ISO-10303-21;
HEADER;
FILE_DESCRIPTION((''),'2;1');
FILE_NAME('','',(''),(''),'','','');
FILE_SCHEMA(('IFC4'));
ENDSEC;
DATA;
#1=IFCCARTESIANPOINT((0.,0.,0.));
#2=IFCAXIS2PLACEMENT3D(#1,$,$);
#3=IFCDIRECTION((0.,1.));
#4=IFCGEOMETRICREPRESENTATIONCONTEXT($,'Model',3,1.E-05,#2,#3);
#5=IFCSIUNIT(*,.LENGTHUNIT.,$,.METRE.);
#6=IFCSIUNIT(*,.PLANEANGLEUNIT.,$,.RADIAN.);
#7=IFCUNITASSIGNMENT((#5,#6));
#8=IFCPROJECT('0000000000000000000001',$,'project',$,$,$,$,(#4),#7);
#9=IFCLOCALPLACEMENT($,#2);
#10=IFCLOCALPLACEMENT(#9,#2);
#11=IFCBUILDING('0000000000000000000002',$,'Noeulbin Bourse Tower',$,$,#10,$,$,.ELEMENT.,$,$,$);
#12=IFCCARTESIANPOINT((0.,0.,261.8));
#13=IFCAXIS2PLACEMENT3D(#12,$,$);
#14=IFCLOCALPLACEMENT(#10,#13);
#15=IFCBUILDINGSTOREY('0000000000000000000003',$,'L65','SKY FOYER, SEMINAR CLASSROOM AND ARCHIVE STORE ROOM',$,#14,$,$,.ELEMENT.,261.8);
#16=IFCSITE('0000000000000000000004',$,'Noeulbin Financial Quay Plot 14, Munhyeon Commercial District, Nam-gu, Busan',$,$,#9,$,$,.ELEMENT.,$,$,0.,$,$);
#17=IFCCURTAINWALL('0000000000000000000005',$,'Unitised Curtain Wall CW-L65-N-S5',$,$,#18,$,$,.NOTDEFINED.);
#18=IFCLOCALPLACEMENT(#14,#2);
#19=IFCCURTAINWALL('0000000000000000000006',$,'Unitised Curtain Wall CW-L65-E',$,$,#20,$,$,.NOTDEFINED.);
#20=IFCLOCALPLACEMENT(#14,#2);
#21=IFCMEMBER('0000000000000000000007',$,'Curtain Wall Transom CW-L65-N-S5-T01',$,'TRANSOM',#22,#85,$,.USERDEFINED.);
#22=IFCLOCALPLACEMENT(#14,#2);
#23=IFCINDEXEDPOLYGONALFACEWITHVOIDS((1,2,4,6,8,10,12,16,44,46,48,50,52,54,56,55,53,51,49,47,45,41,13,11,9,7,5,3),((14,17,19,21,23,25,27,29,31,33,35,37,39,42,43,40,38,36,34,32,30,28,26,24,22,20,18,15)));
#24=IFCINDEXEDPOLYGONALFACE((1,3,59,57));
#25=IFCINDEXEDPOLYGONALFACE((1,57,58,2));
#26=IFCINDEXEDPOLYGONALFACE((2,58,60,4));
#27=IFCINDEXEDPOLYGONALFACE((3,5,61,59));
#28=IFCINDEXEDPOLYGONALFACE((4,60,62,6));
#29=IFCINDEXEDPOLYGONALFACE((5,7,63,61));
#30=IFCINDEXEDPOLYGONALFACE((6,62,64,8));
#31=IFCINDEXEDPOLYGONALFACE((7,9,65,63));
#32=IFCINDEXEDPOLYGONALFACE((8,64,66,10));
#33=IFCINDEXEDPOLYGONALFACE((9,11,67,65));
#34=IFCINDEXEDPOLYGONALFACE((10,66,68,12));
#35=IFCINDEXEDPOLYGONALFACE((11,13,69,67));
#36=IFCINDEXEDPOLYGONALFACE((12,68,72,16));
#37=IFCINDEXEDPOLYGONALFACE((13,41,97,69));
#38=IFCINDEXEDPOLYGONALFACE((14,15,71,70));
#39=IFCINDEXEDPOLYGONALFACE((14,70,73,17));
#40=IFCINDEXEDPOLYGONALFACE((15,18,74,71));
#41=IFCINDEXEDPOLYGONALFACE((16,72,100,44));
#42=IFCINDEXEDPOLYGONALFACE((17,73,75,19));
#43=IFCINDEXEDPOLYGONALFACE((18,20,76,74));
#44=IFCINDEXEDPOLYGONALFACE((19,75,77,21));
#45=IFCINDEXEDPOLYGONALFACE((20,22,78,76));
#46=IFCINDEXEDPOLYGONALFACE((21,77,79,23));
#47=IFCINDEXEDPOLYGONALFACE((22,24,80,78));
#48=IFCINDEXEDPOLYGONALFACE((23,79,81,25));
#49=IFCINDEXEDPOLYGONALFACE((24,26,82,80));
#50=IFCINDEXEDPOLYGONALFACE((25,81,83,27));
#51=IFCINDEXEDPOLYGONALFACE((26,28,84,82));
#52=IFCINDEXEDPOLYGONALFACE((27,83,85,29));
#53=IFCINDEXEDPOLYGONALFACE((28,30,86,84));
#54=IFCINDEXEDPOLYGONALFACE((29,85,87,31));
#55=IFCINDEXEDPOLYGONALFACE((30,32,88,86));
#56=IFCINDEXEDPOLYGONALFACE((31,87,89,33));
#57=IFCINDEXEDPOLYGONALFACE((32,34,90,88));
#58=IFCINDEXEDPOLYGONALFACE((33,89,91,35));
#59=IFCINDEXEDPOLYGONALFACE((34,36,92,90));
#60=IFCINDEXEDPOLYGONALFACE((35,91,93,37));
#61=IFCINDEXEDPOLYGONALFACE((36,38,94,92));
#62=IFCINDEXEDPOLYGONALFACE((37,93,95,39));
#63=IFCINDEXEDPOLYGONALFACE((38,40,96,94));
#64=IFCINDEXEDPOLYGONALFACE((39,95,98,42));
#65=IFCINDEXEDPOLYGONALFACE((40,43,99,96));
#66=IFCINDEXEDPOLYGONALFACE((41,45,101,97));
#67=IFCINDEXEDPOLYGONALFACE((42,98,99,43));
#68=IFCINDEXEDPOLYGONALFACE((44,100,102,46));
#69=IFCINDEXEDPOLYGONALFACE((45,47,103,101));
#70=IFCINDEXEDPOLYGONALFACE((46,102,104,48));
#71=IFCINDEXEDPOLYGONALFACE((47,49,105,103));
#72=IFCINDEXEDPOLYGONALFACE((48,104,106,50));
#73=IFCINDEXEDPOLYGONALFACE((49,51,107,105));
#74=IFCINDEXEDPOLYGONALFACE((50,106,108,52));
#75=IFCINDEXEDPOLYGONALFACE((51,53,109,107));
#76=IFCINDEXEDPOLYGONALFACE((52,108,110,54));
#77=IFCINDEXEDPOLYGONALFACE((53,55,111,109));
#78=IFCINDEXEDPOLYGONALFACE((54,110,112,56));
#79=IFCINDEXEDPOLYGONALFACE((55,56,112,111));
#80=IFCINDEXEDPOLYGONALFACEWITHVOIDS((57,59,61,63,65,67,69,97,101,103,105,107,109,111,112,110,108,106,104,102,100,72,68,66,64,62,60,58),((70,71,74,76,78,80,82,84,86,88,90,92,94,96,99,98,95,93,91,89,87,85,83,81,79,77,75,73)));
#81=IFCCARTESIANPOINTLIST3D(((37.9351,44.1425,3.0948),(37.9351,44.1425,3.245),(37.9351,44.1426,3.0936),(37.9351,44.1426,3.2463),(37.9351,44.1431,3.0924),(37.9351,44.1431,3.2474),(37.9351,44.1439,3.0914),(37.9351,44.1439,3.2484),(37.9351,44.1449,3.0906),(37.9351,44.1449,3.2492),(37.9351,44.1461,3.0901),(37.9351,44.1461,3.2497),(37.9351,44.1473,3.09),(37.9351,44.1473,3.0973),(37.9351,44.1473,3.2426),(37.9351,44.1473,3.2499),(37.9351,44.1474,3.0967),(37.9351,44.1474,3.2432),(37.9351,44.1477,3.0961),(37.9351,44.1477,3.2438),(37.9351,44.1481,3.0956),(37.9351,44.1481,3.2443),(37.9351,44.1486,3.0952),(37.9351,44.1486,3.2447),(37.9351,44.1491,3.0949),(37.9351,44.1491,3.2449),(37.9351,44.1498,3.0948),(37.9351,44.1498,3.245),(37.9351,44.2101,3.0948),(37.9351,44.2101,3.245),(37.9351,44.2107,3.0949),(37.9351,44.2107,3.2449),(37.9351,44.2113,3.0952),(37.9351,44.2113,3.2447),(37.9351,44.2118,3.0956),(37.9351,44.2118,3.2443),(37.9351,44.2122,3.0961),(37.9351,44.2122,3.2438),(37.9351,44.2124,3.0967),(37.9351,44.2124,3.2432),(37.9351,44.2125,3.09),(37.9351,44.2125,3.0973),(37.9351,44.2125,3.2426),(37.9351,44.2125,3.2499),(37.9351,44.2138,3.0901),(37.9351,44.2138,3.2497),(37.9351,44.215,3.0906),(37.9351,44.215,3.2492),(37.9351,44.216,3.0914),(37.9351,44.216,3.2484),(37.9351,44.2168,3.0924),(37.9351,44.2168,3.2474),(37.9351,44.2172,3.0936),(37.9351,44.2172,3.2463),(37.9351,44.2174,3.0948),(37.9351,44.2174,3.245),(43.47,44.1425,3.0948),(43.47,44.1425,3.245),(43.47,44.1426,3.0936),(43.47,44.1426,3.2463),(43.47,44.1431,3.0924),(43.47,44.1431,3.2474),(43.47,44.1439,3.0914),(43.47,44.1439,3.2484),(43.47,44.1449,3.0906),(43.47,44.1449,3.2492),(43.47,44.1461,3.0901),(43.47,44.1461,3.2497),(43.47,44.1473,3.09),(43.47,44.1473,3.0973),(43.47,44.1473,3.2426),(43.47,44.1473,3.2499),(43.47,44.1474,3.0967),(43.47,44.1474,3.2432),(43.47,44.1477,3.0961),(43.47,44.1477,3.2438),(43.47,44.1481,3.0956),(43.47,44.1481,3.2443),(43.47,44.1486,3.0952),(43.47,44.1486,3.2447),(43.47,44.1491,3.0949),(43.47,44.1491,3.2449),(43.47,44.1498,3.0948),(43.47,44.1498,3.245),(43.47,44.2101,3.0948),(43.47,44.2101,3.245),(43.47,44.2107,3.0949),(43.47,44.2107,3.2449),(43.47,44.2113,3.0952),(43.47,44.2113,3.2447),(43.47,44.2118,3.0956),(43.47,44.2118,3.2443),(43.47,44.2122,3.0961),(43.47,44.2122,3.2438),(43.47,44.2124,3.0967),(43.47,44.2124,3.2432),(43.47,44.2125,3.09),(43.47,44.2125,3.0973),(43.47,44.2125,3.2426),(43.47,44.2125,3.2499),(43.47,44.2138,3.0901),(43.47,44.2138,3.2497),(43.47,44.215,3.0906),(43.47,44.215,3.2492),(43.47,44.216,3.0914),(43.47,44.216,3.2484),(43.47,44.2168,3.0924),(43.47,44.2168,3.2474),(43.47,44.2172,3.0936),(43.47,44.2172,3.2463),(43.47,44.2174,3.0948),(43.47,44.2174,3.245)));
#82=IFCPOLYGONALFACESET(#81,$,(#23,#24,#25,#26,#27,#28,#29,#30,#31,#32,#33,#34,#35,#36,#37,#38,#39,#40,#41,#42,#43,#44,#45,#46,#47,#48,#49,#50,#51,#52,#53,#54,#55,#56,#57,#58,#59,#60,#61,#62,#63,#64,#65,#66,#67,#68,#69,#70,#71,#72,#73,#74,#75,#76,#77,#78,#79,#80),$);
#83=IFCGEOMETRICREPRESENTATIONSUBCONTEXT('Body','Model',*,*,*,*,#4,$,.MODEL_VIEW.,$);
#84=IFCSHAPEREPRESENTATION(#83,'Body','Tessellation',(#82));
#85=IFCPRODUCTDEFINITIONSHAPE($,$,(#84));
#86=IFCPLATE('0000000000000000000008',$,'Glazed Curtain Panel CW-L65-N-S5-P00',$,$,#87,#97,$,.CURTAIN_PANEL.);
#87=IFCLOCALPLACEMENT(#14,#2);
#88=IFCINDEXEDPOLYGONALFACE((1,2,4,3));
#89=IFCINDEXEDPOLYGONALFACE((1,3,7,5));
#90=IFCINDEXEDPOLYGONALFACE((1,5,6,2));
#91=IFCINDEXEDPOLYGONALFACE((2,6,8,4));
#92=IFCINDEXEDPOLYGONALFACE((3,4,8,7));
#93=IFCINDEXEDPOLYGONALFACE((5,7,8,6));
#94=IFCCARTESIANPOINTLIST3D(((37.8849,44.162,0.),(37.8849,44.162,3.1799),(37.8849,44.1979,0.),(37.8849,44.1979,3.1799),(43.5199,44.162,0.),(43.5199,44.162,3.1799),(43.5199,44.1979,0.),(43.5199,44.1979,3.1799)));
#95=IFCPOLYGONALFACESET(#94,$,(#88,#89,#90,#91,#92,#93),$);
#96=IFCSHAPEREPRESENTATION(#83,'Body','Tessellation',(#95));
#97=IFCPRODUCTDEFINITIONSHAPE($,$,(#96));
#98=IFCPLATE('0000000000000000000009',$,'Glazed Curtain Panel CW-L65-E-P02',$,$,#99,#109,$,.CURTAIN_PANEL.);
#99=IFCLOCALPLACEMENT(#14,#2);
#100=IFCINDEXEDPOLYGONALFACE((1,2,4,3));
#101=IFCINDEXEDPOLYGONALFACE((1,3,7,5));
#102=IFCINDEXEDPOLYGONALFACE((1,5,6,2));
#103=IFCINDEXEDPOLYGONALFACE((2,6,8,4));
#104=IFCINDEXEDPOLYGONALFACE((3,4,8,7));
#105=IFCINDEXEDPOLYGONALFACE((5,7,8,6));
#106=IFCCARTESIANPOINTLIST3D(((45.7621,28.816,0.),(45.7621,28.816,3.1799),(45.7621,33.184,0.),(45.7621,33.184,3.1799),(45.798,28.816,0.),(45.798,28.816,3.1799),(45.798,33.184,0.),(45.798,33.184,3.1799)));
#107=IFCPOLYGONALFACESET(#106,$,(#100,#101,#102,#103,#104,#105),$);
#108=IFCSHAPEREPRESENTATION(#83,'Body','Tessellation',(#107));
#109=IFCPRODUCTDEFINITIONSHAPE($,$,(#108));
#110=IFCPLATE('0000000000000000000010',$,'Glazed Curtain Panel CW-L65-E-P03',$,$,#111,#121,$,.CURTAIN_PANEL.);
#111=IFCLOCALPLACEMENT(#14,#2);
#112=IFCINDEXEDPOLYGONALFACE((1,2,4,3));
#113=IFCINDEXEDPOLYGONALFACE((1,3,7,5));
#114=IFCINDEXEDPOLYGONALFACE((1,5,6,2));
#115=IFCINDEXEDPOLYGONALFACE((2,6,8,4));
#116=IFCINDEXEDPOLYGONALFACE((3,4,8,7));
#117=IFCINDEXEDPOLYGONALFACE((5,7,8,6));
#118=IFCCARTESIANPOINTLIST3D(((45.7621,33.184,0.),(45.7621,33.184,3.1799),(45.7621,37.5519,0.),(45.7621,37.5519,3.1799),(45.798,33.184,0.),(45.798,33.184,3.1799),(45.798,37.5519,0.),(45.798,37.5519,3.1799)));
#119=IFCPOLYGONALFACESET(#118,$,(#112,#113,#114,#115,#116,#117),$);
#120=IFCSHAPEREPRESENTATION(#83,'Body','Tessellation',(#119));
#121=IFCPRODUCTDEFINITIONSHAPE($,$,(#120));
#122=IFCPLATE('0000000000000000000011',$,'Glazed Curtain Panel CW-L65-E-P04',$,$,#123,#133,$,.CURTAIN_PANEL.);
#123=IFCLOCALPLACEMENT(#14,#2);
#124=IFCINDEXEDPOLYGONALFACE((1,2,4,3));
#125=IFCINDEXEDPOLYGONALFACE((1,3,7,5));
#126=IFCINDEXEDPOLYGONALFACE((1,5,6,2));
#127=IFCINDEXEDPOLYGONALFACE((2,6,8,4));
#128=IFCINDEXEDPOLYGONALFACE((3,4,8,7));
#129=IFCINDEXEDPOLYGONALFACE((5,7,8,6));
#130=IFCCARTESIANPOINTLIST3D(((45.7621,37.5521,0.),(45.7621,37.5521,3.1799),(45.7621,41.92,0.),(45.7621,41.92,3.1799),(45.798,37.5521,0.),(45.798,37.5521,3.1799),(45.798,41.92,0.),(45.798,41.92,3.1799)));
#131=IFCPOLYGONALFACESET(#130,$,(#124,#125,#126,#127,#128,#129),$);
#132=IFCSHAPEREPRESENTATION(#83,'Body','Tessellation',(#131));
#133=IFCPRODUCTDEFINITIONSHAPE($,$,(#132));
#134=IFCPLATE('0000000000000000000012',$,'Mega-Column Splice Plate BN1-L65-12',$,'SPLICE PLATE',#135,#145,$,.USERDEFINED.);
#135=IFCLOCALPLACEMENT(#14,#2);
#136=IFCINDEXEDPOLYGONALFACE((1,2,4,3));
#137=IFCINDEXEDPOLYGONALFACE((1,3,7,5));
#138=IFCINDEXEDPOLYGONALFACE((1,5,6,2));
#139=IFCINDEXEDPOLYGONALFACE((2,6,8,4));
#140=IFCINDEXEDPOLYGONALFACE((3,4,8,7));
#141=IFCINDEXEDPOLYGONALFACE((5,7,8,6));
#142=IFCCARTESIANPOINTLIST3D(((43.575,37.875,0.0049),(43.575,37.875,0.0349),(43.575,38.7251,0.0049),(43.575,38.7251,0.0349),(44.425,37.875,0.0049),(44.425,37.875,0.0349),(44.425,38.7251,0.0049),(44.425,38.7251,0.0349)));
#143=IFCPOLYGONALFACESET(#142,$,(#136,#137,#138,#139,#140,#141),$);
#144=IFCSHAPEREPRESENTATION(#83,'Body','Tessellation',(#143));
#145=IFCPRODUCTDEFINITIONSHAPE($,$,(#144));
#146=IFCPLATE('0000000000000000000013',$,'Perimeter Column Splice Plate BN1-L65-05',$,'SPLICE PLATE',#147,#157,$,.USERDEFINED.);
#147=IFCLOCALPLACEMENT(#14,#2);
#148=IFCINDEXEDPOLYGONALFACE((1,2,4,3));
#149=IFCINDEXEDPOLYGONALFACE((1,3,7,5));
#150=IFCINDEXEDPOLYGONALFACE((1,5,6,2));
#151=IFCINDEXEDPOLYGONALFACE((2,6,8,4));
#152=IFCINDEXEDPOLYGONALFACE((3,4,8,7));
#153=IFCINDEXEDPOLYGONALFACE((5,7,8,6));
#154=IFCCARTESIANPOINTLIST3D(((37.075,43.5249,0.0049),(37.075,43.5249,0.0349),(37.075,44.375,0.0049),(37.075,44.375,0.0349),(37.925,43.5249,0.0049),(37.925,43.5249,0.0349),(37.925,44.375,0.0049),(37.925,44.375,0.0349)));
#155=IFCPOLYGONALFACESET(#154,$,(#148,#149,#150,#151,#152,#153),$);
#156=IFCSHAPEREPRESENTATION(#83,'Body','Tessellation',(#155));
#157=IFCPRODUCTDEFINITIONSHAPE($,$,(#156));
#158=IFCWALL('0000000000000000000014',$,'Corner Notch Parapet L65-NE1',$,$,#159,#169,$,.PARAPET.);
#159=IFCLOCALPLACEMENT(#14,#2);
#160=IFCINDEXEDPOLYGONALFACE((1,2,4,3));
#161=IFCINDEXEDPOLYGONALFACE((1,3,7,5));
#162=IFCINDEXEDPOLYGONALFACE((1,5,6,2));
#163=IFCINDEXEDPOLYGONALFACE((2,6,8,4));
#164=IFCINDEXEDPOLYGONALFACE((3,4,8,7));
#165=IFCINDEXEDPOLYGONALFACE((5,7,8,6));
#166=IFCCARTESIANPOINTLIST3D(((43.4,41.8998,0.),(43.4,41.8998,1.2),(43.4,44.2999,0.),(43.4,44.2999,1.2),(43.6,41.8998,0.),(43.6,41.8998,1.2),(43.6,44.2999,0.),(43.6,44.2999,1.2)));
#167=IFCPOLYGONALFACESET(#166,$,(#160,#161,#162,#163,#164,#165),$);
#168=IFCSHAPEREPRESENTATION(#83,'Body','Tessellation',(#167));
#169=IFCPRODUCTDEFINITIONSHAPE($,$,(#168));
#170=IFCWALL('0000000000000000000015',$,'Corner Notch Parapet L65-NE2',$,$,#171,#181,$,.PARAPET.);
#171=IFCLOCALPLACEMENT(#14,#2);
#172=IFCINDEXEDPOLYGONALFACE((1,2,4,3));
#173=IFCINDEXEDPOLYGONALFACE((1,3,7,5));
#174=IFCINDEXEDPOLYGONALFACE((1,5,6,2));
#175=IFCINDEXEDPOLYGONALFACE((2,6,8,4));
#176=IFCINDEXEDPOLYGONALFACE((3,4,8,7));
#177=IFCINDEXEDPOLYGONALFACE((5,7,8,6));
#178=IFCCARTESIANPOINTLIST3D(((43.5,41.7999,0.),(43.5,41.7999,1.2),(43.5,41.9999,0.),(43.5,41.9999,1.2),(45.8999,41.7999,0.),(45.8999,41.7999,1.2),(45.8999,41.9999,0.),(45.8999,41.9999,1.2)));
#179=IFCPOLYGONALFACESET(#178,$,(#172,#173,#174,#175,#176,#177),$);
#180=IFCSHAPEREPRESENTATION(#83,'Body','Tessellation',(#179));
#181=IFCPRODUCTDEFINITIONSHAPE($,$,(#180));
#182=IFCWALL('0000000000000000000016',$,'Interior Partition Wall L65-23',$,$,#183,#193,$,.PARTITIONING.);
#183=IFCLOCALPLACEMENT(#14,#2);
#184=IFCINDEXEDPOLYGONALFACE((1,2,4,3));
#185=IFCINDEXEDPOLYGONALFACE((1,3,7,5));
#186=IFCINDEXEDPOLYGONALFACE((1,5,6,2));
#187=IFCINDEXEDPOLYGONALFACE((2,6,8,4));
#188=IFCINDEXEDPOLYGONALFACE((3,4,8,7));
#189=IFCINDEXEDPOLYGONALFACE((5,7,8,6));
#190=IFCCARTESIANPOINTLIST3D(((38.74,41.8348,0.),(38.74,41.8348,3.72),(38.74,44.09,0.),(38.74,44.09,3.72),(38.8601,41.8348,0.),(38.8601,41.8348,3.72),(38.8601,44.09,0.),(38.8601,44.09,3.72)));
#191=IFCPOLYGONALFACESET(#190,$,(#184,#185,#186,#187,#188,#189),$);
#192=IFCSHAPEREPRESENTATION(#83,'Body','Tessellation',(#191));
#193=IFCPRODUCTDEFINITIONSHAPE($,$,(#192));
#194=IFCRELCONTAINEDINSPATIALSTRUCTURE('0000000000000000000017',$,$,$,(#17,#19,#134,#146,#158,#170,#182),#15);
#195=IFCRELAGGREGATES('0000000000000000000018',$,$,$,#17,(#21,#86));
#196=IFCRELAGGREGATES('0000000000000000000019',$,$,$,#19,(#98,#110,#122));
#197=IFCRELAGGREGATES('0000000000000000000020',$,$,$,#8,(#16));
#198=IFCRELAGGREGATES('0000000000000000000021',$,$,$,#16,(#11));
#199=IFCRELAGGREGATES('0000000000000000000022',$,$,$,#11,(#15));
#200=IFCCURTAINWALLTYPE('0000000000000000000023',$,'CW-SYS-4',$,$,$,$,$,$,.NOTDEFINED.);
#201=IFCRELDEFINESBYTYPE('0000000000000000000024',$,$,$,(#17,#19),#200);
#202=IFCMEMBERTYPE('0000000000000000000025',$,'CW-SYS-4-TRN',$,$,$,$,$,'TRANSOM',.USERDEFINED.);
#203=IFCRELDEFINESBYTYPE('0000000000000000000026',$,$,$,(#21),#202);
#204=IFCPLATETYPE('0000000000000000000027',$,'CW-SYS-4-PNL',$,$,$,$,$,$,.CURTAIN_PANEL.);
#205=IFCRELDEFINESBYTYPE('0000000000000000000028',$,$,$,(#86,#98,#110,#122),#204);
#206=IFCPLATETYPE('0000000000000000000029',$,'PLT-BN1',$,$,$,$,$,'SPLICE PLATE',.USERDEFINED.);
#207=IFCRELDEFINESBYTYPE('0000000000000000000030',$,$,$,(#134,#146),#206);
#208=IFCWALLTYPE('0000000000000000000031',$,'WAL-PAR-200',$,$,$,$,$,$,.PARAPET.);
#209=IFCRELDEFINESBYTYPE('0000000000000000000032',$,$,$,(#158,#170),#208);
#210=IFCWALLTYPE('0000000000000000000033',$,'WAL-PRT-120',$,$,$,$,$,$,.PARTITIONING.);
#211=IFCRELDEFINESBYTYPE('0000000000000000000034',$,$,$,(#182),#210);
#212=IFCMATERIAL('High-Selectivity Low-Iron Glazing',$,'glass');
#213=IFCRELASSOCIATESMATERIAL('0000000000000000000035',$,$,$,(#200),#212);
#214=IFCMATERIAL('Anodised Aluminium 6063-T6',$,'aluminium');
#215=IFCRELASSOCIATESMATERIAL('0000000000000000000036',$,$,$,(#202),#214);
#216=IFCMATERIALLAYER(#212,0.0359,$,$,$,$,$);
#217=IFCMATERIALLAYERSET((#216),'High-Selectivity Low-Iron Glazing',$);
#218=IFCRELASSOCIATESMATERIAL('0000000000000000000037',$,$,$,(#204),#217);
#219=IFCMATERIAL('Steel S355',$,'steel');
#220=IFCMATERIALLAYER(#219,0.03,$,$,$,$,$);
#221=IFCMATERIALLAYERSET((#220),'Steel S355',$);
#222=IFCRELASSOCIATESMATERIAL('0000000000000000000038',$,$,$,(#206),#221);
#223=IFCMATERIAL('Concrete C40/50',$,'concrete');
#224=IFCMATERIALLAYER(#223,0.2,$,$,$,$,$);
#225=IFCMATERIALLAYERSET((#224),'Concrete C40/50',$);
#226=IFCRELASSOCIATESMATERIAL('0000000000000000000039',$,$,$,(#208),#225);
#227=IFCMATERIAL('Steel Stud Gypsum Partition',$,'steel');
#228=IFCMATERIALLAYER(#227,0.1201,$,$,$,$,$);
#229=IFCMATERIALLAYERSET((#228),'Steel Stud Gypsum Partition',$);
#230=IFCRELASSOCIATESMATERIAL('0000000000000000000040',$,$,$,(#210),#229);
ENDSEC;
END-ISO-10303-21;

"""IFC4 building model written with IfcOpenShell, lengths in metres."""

from ifc_helpers import new_model, si_unit, direction, frame, frame_2d, origin, origin_2d, place, context, subcontext, project, spatial, rectangle, hollow_rectangle, extrude, material, layer, layer_set, material_profile, profile_set, type_object, element, aggregate, save


model = new_model("IFC4")

# Units and contexts
model_context = context("Model", 3, precision=1e-05, world=origin(), true_north=direction((0.0, 1.0)))
body_context = subcontext(model_context, "Body", "Model", "MODEL_VIEW")
ifc_project = project(units=[si_unit("LENGTHUNIT", "METRE"), si_unit("PLANEANGLEUNIT", "RADIAN")], contexts=[model_context])

# Site, building, storey
site_placement = place(None, origin())
site = spatial("IfcSite", under=ifc_project, at=site_placement, Name="Noeulbin Financial Quay Plot 14, Munhyeon Commercial District, Nam-gu, Busan", CompositionType="ELEMENT", RefElevation=0.0)
building_placement = place(site_placement, origin())
building = spatial("IfcBuilding", under=site, at=building_placement, Name="Noeulbin Bourse Tower", CompositionType="ELEMENT")
storey_placement = place(building_placement, frame((0.0, 0.0, 261.8)))
storey = spatial("IfcBuildingStorey", under=building, at=storey_placement, Name="L65", Description="SKY FOYER, SEMINAR CLASSROOM AND ARCHIVE STORE ROOM", CompositionType="ELEMENT", Elevation=261.8)

# Shared definitions
ifc_material_1 = material(Name="Steel S355", Category="steel")

# Curtain walls
ifc_material_2 = material(Name="High-Selectivity Low-Iron Glazing", Category="glass")
curtain_wall_type = type_object("IfcCurtainWallType", Name="CW-SYS-4", PredefinedType="NOTDEFINED", material=ifc_material_2)
curtain_wall_1_placement = place(storey_placement, origin())
curtain_wall_1 = element("IfcCurtainWall", 1, at=curtain_wall_1_placement, inside=storey, type_object=curtain_wall_type, Name="Unitised Curtain Wall CW-L65-N-S5", PredefinedType="NOTDEFINED")
ifc_material_3 = material(Name="Anodised Aluminium 6063-T6", Category="aluminium")
curtain_wall_2_placement = place(storey_placement, origin())
curtain_wall_2 = element("IfcCurtainWall", 2, at=curtain_wall_2_placement, inside=storey, type_object=curtain_wall_type, Name="Unitised Curtain Wall CW-L65-E", PredefinedType="NOTDEFINED")

# Member
ifc_material_profile_1 = material_profile(ifc_material_3, hollow_rectangle(XDim=0.075, YDim=0.1599, WallThickness=0.0049, InnerFilletRadius=0.0024, OuterFilletRadius=0.0049, at=origin_2d()), Name="ALU-TRAN-75x160x5", Category="LoadBearing")
ifc_profile_set_1 = profile_set([ifc_material_profile_1], Name="Anodised Aluminium 6063-T6")
member_type_1 = type_object("IfcMemberType", Name="CW-SYS-4-TRN", ElementType="TRANSOM", PredefinedType="USERDEFINED", material=ifc_profile_set_1)
member_1_placement = place(storey_placement, frame((37.9351, 44.1799, 3.1699), z_axis=(1.0, 0.0, 0.0), x_axis=(0.0, 1.0, 0.0)))
member_1 = element("IfcMember", 3, at=member_1_placement, type_object=member_type_1, Name="Curtain Wall Transom CW-L65-N-S5-T01", ObjectType="TRANSOM", PredefinedType="USERDEFINED", context=body_context, shape_type="SweptSolid", body=[
    extrude(hollow_rectangle(XDim=0.075, YDim=0.1599, WallThickness=0.0049, InnerFilletRadius=0.0024, OuterFilletRadius=0.0049, at=origin_2d()), origin(), (0.0, 0.0, 1.0), 5.5349),
])

# Plates
ifc_layer_1 = layer(ifc_material_2, 0.0359)
ifc_layer_set_1 = layer_set([ifc_layer_1], Name="High-Selectivity Low-Iron Glazing")
plate_type_1 = type_object("IfcPlateType", Name="CW-SYS-4-PNL", PredefinedType="CURTAIN_PANEL", material=ifc_layer_set_1)
plate_1_placement = place(storey_placement, frame((40.7024, 44.1799, 0.0), z_axis=(0.0, 0.0, 1.0), x_axis=(1.0, 0.0, 0.0)))
plate_1 = element("IfcPlate", 4, at=plate_1_placement, type_object=plate_type_1, Name="Glazed Curtain Panel CW-L65-N-S5-P00", PredefinedType="CURTAIN_PANEL", context=body_context, shape_type="SweptSolid", body=[
    extrude(rectangle(XDim=5.635, YDim=0.0359, at=origin_2d()), origin(), (0.0, 0.0, 1.0), 3.1799),
])
aggregate(curtain_wall_1, [member_1, plate_1])
plate_2_placement = place(storey_placement, frame((45.78, 31.0, 0.0), z_axis=(0.0, 0.0, 1.0), x_axis=(0.0, 1.0, 0.0)))
plate_2 = element("IfcPlate", 5, at=plate_2_placement, type_object=plate_type_1, Name="Glazed Curtain Panel CW-L65-E-P02", PredefinedType="CURTAIN_PANEL", context=body_context, shape_type="SweptSolid", body=[
    extrude(rectangle(XDim=4.3679, YDim=0.0359, at=origin_2d()), origin(), (0.0, 0.0, 1.0), 3.1799),
])
plate_3_placement = place(storey_placement, frame((45.78, 35.3679, 0.0), z_axis=(0.0, 0.0, 1.0), x_axis=(0.0, 1.0, 0.0)))
plate_3 = element("IfcPlate", 6, at=plate_3_placement, type_object=plate_type_1, Name="Glazed Curtain Panel CW-L65-E-P03", PredefinedType="CURTAIN_PANEL", context=body_context, shape_type="SweptSolid", body=[
    extrude(rectangle(XDim=4.3679, YDim=0.0359, at=origin_2d()), origin(), (0.0, 0.0, 1.0), 3.1799),
])
plate_4_placement = place(storey_placement, frame((45.78, 39.7361, 0.0), z_axis=(0.0, 0.0, 1.0), x_axis=(0.0, 1.0, 0.0)))
plate_4 = element("IfcPlate", 7, at=plate_4_placement, type_object=plate_type_1, Name="Glazed Curtain Panel CW-L65-E-P04", PredefinedType="CURTAIN_PANEL", context=body_context, shape_type="SweptSolid", body=[
    extrude(rectangle(XDim=4.3679, YDim=0.0359, at=origin_2d()), origin(), (0.0, 0.0, 1.0), 3.1799),
])
aggregate(curtain_wall_2, [plate_2, plate_3, plate_4])

# Plates
ifc_layer_2 = layer(ifc_material_1, 0.03)
ifc_layer_set_2 = layer_set([ifc_layer_2], Name="Steel S355")
plate_type_2 = type_object("IfcPlateType", Name="PLT-BN1", ElementType="SPLICE PLATE", PredefinedType="USERDEFINED", material=ifc_layer_set_2)
for number, where, z_axis, x_axis, name in (
    (8, (44.0, 38.3, 0.0049), (0.0, 0.0, 1.0), (1.0, 0.0, 0.0), "Mega-Column Splice Plate BN1-L65-12"),
    (9, (37.5, 43.95, 0.0049), (0.0, 0.0, 1.0), (1.0, 0.0, 0.0), "Perimeter Column Splice Plate BN1-L65-05"),
):
    element("IfcPlate", number, at=place(storey_placement, frame(where, z_axis=z_axis, x_axis=x_axis)), inside=storey, type_object=plate_type_2, Name=name, ObjectType="SPLICE PLATE", PredefinedType="USERDEFINED", context=body_context, shape_type="SweptSolid", body=[
        extrude(rectangle(XDim=0.8501, YDim=0.8501, at=origin_2d()), origin(), (0.0, 0.0, 1.0), 0.03),
    ])

# Walls
ifc_material_4 = material(Name="Concrete C40/50", Category="concrete")
ifc_layer_3 = layer(ifc_material_4, 0.2)
ifc_layer_set_3 = layer_set([ifc_layer_3], Name="Concrete C40/50")
wall_type_1 = type_object("IfcWallType", Name="WAL-PAR-200", PredefinedType="PARAPET", material=ifc_layer_set_3)
wall_1_placement = place(storey_placement, frame((43.5, 44.3, 0.0), z_axis=(0.0, 0.0, 1.0), x_axis=(0.0, -1.0, 0.0)))
element("IfcWall", 10, at=wall_1_placement, inside=storey, type_object=wall_type_1, Name="Corner Notch Parapet L65-NE1", PredefinedType="PARAPET", context=body_context, shape_type="SweptSolid", body=[
    extrude(rectangle(XDim=2.4001, YDim=0.2, at=frame_2d((1.2002, 0.0))), origin(), (0.0, 0.0, 1.0), 1.2),
])
wall_2_placement = place(storey_placement, frame((43.5, 41.8999, 0.0), z_axis=(0.0, 0.0, 1.0), x_axis=(1.0, 0.0, 0.0)))
element("IfcWall", 11, at=wall_2_placement, inside=storey, type_object=wall_type_1, Name="Corner Notch Parapet L65-NE2", PredefinedType="PARAPET", context=body_context, shape_type="SweptSolid", body=[
    extrude(rectangle(XDim=2.3999, YDim=0.2, at=frame_2d((1.2, 0.0))), origin(), (0.0, 0.0, 1.0), 1.2),
])
ifc_material_5 = material(Name="Steel Stud Gypsum Partition", Category="steel")
ifc_layer_4 = layer(ifc_material_5, 0.1201)
ifc_layer_set_4 = layer_set([ifc_layer_4], Name="Steel Stud Gypsum Partition")
wall_type_2 = type_object("IfcWallType", Name="WAL-PRT-120", PredefinedType="PARTITIONING", material=ifc_layer_set_4)
wall_3_placement = place(storey_placement, frame((38.8, 41.835, 0.0), z_axis=(0.0, 0.0, 1.0), x_axis=(0.0, 1.0, 0.0)))
element("IfcWall", 12, at=wall_3_placement, inside=storey, type_object=wall_type_2, Name="Interior Partition Wall L65-23", PredefinedType="PARTITIONING", context=body_context, shape_type="SweptSolid", body=[
    extrude(rectangle(XDim=2.2551, YDim=0.1201, at=frame_2d((1.1274, 0.0))), origin(), (0.0, 0.0, 1.0), 3.72),
])

save(model, "model.ifc")
